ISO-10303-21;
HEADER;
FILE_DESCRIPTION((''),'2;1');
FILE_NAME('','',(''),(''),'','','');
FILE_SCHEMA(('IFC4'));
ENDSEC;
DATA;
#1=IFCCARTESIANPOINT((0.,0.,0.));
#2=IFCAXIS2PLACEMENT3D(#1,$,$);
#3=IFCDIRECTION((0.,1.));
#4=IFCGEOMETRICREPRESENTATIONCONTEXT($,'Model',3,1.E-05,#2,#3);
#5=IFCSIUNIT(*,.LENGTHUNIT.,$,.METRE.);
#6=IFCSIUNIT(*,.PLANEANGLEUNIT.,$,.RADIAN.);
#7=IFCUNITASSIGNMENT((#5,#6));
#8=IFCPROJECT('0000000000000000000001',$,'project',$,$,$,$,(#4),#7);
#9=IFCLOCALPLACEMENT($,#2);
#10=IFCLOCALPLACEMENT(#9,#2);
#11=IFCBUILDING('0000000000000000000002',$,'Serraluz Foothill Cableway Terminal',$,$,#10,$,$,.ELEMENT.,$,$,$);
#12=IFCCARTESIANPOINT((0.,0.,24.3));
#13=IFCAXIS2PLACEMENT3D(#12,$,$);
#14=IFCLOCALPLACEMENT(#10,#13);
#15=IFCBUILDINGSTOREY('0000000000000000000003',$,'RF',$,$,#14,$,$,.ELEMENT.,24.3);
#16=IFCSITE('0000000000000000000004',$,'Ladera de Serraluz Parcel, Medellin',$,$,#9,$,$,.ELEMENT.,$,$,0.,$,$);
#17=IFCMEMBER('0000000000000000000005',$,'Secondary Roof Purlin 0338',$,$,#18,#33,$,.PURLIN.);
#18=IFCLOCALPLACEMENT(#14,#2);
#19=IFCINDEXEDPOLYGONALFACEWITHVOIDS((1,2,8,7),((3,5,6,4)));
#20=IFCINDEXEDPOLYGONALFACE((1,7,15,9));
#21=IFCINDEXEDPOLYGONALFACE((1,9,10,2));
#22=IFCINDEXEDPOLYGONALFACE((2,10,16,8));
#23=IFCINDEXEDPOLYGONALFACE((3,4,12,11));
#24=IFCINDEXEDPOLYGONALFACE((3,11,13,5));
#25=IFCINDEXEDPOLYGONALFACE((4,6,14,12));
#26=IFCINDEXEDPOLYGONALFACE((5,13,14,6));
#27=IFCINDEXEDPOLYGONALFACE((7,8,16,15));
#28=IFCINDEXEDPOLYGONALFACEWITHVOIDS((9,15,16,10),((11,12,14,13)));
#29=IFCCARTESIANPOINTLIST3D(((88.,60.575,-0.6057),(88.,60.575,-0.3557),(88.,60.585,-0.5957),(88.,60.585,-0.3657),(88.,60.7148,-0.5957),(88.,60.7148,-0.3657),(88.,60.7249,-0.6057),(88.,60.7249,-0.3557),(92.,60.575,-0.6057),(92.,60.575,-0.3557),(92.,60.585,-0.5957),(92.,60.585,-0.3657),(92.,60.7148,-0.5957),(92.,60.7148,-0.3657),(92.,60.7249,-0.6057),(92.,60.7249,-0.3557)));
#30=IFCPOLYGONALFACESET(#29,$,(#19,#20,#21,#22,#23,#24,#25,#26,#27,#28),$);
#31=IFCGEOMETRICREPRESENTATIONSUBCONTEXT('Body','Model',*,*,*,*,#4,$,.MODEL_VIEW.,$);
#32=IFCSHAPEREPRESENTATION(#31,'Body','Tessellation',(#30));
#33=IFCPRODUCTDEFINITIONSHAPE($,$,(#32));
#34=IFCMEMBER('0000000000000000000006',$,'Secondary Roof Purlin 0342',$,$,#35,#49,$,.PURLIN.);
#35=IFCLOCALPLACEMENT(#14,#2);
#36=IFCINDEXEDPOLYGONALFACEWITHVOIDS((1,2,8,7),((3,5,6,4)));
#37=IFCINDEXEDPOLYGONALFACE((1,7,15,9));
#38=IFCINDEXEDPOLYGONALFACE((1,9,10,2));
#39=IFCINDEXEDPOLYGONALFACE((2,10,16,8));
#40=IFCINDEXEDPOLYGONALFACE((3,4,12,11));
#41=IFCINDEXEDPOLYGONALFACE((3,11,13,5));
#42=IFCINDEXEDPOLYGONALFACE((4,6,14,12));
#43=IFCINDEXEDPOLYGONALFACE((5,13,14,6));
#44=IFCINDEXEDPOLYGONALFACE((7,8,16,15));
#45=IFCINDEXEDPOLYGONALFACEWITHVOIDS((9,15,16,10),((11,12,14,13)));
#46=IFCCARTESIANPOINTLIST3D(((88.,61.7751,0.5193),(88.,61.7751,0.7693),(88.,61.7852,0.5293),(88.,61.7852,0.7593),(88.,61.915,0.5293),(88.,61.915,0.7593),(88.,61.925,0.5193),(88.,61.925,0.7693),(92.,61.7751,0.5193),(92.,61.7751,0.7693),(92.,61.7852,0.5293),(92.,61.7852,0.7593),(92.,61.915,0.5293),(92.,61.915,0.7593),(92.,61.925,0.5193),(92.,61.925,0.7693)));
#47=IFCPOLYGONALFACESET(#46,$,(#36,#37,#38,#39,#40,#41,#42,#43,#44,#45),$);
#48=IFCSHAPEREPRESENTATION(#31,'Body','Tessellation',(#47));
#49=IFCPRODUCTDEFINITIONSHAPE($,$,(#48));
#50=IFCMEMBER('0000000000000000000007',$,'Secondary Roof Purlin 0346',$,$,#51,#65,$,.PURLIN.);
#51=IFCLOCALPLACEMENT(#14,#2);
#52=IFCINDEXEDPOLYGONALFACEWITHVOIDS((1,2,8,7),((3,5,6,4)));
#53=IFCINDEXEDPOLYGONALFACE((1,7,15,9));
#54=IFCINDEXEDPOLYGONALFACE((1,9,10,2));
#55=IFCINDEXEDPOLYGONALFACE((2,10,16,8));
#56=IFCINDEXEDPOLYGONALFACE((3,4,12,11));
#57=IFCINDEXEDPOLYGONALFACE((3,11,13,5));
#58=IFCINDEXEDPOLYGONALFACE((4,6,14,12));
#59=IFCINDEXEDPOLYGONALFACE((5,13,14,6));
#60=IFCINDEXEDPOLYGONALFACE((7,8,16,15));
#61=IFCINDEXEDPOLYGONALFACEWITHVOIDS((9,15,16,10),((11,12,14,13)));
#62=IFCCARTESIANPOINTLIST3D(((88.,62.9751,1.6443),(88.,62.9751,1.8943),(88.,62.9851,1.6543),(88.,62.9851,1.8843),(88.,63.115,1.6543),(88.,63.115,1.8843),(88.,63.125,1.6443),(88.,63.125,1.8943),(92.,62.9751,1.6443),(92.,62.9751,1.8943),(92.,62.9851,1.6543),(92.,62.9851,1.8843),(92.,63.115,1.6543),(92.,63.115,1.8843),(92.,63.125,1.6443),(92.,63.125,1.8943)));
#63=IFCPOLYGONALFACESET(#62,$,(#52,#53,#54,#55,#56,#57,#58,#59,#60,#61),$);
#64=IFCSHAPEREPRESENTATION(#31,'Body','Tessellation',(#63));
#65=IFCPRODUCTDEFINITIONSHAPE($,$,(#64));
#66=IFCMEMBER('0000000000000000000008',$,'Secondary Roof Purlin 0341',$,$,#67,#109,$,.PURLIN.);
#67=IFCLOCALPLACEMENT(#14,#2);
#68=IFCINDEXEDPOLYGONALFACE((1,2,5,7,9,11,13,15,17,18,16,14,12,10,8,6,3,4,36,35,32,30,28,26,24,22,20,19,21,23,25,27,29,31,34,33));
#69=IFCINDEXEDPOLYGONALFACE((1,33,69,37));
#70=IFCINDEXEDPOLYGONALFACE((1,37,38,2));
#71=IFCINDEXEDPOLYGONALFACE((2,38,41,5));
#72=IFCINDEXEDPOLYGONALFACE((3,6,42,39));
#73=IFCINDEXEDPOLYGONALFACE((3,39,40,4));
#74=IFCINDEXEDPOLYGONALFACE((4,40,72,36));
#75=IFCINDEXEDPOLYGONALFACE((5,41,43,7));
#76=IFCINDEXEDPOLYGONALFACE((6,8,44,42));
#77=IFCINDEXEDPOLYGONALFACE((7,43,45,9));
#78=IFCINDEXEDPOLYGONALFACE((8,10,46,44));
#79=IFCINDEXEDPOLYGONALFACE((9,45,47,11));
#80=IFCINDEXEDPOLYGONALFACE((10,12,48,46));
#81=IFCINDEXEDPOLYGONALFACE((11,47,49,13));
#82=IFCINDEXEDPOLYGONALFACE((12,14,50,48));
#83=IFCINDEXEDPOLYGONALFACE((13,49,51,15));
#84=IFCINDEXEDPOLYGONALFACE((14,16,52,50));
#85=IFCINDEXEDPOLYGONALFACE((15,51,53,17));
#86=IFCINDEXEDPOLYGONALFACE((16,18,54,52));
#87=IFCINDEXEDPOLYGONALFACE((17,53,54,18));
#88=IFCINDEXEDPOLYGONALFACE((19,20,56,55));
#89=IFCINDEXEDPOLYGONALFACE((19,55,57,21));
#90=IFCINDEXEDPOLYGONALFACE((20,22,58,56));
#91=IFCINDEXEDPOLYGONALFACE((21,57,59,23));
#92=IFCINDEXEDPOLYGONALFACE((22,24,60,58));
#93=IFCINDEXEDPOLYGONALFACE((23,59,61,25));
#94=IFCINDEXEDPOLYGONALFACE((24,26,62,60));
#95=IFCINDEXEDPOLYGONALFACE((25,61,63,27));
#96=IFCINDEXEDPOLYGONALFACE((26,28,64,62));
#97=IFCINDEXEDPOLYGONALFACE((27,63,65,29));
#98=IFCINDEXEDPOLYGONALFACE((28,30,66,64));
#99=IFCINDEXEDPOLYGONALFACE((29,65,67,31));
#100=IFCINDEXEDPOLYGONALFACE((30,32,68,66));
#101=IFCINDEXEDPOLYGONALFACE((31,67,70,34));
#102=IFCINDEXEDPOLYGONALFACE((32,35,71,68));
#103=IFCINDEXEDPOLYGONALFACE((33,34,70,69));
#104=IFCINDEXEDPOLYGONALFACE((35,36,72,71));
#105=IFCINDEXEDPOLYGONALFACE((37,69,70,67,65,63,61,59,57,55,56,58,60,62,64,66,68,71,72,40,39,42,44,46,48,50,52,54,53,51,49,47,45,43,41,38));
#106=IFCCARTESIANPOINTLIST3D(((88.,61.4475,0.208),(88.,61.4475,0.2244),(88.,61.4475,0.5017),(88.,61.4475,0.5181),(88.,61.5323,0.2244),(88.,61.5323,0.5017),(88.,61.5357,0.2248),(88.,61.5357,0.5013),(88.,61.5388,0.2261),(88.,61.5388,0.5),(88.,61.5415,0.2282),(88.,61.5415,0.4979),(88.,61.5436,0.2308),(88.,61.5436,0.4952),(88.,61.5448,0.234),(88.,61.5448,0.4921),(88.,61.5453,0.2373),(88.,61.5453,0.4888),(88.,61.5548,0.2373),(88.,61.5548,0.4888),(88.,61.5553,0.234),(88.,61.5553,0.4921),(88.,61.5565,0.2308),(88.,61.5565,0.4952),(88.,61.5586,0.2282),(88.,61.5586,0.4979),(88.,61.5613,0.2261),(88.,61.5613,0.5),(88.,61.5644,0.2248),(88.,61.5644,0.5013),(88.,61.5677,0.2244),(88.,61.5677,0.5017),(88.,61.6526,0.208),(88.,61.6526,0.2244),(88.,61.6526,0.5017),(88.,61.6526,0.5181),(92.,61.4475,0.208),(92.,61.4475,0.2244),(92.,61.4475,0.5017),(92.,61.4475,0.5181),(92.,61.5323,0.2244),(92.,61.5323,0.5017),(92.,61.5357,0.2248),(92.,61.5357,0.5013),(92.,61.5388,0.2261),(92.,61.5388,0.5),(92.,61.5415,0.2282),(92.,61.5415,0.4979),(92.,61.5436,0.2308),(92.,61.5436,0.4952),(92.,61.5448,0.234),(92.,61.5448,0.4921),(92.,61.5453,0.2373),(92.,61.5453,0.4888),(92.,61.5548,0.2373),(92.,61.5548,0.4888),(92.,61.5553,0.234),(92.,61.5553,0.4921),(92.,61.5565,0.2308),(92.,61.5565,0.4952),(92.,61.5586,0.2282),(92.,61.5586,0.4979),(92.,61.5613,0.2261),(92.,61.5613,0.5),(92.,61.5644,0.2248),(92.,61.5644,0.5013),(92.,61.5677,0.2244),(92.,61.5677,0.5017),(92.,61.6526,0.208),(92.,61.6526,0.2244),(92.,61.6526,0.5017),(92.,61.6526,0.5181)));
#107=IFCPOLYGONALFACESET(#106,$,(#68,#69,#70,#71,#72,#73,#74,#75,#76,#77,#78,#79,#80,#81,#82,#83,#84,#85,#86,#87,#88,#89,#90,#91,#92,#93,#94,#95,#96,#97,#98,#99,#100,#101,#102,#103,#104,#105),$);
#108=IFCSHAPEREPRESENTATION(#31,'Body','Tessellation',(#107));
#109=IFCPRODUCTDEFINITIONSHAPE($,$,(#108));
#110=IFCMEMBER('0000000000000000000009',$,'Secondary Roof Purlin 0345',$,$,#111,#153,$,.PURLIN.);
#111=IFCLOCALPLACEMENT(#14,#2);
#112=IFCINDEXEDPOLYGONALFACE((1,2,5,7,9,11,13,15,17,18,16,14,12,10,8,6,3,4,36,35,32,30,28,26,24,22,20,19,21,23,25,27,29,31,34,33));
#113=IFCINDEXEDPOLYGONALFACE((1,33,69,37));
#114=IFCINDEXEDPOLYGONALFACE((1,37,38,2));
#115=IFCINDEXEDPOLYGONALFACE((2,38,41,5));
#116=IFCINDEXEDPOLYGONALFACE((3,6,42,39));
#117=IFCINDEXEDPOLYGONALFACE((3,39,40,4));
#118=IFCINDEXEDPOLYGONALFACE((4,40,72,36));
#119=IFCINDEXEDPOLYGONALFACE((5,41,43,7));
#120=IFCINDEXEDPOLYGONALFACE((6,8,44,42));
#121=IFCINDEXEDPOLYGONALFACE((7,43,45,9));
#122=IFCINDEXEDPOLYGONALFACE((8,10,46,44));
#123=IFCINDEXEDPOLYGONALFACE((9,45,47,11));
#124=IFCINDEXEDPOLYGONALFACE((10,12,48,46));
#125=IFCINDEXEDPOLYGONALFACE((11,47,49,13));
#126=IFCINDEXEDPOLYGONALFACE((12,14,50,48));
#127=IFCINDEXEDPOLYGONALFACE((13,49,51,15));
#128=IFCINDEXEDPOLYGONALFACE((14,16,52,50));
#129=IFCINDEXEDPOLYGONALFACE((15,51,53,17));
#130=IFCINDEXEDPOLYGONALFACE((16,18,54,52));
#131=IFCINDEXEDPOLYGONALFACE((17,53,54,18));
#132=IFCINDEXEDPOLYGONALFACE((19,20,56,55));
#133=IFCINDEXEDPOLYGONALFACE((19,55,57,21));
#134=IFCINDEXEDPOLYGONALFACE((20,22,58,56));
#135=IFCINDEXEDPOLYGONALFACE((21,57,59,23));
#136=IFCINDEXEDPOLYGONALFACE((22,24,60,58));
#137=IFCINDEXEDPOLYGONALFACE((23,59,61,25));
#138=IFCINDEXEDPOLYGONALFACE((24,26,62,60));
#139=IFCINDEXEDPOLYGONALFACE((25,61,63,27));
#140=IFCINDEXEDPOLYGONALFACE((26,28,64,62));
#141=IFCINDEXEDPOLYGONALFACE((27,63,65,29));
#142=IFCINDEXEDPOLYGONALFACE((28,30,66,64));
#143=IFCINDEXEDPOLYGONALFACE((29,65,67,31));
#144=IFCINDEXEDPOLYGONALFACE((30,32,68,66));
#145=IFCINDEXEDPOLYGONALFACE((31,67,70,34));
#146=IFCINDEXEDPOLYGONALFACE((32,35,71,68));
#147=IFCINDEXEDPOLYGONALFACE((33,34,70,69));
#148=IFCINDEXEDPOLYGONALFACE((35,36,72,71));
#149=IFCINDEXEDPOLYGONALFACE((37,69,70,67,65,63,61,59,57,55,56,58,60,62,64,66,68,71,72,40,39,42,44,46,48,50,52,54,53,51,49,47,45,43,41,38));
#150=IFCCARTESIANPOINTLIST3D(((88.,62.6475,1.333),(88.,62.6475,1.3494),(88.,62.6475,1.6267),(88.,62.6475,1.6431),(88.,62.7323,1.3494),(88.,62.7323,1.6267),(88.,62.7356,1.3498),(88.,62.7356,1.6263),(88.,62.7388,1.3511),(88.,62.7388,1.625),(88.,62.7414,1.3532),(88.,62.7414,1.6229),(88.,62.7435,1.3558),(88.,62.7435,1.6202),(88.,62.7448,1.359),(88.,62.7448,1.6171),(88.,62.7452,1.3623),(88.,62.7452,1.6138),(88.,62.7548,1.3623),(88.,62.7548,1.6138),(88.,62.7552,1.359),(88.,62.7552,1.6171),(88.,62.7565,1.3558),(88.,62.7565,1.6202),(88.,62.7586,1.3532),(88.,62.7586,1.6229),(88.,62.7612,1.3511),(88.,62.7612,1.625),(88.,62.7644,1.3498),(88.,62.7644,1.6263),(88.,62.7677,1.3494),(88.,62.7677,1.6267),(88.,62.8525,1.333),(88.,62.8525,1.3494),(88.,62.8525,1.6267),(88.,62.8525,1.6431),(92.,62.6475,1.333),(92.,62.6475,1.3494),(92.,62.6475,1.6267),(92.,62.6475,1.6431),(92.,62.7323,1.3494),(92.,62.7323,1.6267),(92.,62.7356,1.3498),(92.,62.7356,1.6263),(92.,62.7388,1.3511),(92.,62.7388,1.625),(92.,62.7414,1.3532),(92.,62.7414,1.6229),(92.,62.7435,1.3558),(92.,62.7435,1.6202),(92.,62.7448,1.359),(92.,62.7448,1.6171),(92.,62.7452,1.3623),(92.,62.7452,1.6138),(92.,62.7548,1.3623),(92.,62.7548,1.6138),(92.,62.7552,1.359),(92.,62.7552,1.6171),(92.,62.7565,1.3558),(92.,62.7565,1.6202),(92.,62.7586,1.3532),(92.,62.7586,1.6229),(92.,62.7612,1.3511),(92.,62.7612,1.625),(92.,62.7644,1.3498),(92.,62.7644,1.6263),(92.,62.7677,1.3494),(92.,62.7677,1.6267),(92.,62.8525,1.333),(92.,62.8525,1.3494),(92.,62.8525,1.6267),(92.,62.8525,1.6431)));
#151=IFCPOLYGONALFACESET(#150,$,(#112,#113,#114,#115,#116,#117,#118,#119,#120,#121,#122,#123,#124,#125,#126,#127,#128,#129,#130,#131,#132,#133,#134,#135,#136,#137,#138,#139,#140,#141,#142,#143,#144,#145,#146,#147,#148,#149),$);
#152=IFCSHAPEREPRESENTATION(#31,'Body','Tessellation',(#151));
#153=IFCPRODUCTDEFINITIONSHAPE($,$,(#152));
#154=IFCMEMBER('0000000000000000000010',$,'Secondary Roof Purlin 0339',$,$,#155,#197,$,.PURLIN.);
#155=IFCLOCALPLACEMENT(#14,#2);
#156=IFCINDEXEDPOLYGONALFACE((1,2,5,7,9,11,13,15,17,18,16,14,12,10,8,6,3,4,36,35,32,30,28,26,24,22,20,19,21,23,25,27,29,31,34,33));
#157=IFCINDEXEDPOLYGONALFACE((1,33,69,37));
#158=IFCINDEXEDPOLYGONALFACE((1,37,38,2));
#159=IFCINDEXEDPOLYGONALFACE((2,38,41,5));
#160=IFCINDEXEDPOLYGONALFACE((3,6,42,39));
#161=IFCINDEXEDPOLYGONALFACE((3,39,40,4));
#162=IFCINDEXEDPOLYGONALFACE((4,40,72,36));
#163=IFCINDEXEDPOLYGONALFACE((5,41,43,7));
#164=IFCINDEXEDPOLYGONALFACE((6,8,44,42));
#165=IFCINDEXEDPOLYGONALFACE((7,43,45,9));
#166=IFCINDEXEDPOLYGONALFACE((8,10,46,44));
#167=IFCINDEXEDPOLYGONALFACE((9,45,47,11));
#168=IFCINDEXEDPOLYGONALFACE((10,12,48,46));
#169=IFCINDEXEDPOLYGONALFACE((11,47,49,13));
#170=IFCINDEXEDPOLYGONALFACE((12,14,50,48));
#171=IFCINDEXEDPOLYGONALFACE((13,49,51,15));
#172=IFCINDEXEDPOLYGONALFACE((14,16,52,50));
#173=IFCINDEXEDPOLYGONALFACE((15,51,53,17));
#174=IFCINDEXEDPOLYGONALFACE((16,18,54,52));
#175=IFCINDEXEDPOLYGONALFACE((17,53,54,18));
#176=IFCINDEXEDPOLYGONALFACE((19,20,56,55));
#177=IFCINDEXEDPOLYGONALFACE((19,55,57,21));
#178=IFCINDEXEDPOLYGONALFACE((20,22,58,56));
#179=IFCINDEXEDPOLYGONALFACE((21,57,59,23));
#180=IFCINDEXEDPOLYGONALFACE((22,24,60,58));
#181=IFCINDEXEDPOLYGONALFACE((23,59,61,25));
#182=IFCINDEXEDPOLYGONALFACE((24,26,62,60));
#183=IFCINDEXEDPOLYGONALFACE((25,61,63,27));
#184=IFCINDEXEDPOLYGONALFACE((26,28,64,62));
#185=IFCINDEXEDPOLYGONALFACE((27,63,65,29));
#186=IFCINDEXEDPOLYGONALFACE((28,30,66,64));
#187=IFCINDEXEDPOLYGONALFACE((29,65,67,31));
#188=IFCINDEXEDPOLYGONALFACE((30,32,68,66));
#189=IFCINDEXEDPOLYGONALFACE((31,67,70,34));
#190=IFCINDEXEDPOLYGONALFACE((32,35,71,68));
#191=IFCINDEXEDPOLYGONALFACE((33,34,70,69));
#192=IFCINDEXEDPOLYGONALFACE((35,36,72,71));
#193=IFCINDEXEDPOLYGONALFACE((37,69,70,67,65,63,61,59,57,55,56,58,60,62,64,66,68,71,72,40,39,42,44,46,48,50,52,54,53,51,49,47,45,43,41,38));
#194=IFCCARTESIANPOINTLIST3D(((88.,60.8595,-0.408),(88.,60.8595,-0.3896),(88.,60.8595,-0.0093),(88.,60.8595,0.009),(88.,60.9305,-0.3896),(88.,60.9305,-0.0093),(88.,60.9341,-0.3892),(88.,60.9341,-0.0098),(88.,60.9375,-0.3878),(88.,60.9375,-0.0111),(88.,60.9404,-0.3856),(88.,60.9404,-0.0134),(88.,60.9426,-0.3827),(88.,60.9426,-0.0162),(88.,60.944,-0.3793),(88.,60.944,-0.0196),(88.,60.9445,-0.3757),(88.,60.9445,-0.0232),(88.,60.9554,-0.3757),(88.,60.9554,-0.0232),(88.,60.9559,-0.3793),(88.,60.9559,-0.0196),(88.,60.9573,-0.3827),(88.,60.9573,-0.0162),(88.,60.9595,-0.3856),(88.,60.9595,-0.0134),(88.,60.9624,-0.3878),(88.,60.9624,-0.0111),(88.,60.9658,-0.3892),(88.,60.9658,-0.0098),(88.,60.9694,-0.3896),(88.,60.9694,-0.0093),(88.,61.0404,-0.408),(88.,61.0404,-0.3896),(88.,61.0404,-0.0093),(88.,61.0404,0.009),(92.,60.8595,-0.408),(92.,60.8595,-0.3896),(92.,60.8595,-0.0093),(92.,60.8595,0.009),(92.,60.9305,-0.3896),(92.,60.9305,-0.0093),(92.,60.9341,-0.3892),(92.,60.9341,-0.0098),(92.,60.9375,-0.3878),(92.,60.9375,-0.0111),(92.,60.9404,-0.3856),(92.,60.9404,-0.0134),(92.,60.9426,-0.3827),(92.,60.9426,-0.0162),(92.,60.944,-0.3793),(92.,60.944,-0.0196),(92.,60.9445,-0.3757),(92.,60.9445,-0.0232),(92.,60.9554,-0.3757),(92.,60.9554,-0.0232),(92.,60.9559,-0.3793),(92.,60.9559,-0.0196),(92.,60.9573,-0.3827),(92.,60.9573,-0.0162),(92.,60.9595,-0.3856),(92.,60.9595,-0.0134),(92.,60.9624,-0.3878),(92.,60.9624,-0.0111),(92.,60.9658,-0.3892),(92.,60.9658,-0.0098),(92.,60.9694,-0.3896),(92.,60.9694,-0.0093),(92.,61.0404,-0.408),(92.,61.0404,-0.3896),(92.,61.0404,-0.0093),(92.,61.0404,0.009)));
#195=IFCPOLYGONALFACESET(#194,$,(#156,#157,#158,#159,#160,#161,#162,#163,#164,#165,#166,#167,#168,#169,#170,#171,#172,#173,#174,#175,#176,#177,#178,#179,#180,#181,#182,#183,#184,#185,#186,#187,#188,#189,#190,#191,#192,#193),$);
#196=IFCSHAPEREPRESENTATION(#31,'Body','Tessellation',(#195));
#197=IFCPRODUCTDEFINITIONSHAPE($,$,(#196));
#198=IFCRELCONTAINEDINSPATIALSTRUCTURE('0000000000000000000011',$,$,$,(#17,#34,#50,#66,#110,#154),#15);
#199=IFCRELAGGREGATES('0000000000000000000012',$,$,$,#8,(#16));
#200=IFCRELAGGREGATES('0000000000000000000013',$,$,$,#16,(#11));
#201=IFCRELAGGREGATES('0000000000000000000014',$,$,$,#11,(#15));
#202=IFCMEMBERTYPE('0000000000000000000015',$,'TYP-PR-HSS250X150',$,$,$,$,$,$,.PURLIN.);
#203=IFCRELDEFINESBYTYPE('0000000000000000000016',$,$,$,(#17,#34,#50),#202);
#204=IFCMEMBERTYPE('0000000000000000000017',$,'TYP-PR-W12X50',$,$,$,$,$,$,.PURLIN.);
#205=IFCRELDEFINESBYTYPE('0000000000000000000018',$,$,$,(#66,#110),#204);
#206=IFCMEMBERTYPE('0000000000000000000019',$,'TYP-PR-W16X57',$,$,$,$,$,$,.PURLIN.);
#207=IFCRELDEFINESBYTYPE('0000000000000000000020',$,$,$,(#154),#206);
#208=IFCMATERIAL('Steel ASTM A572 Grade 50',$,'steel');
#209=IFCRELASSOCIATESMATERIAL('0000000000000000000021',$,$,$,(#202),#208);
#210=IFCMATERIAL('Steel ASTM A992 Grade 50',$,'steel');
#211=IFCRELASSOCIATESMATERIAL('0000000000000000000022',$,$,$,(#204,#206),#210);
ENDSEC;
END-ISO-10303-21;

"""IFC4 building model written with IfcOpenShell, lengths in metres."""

from ifc_helpers import new_model, si_unit, direction, frame, origin, origin_2d, place, context, subcontext, project, spatial, hollow_rectangle, i_section, extrude, material, material_profile, profile_set, type_object, element, save


model = new_model("IFC4")

# Units and contexts
model_context = context("Model", 3, precision=1e-05, world=origin(), true_north=direction((0.0, 1.0)))
body_context = subcontext(model_context, "Body", "Model", "MODEL_VIEW")
ifc_project = project(units=[si_unit("LENGTHUNIT", "METRE"), si_unit("PLANEANGLEUNIT", "RADIAN")], contexts=[model_context])

# Site, building, storey
site_placement = place(None, origin())
site = spatial("IfcSite", under=ifc_project, at=site_placement, Name="Ladera de Serraluz Parcel, Medellin", CompositionType="ELEMENT", RefElevation=0.0)
building_placement = place(site_placement, origin())
building = spatial("IfcBuilding", under=site, at=building_placement, Name="Serraluz Foothill Cableway Terminal", CompositionType="ELEMENT")
storey_placement = place(building_placement, frame((0.0, 0.0, 24.3)))
storey = spatial("IfcBuildingStorey", under=building, at=storey_placement, Name="RF", CompositionType="ELEMENT", Elevation=24.3)

# Members
ifc_material_1 = material(Name="Steel ASTM A572 Grade 50", Category="steel")
ifc_material_profile_1 = material_profile(ifc_material_1, hollow_rectangle(XDim=0.1499, YDim=0.25, WallThickness=0.01, at=origin_2d()), Name="HSS250X150X10")
ifc_profile_set_1 = profile_set([ifc_material_profile_1], Name="Steel ASTM A572 Grade 50")
member_type_1 = type_object("IfcMemberType", Name="TYP-PR-HSS250X150", PredefinedType="PURLIN", material=ifc_profile_set_1)
for number, where, z_axis, x_axis, name in (
    (1, (88.0, 60.6499, -0.4807), (1.0, 0.0, 0.0), (0.0, 1.0, 0.0), "Secondary Roof Purlin 0338"),
    (2, (88.0, 61.8501, 0.6443), (1.0, 0.0, 0.0), (0.0, 1.0, 0.0), "Secondary Roof Purlin 0342"),
    (3, (88.0, 63.05, 1.7693), (1.0, 0.0, 0.0), (0.0, 1.0, 0.0), "Secondary Roof Purlin 0346"),
):
    element("IfcMember", number, at=place(storey_placement, frame(where, z_axis=z_axis, x_axis=x_axis)), inside=storey, type_object=member_type_1, Name=name, PredefinedType="PURLIN", context=body_context, shape_type="SweptSolid", body=[
        extrude(hollow_rectangle(XDim=0.1499, YDim=0.25, WallThickness=0.01, at=origin_2d()), origin(), (0.0, 0.0, 1.0), 4.0),
    ])
ifc_material_2 = material(Name="Steel ASTM A992 Grade 50", Category="steel")
ifc_material_profile_2 = material_profile(ifc_material_2, i_section(OverallWidth=0.2051, OverallDepth=0.3101, WebThickness=0.0095, FlangeThickness=0.0164, FilletRadius=0.0129, at=origin_2d()), Name="W12X50")
ifc_profile_set_2 = profile_set([ifc_material_profile_2], Name="Steel ASTM A992 Grade 50")
member_type_2 = type_object("IfcMemberType", Name="TYP-PR-W12X50", PredefinedType="PURLIN", material=ifc_profile_set_2)
for number, where, z_axis, x_axis, name in (
    (4, (88.0, 61.55, 0.363), (1.0, 0.0, 0.0), (0.0, 1.0, 0.0), "Secondary Roof Purlin 0341"),
    (5, (88.0, 62.75, 1.488), (1.0, 0.0, 0.0), (0.0, 1.0, 0.0), "Secondary Roof Purlin 0345"),
):
    element("IfcMember", number, at=place(storey_placement, frame(where, z_axis=z_axis, x_axis=x_axis)), inside=storey, type_object=member_type_2, Name=name, PredefinedType="PURLIN", context=body_context, shape_type="SweptSolid", body=[
        extrude(i_section(OverallWidth=0.2051, OverallDepth=0.3101, WebThickness=0.0095, FlangeThickness=0.0164, FilletRadius=0.0129, at=origin_2d()), origin(), (0.0, 0.0, 1.0), 4.0),
    ])
ifc_material_profile_3 = material_profile(ifc_material_2, i_section(OverallWidth=0.1809, OverallDepth=0.417, WebThickness=0.011, FlangeThickness=0.0183, FilletRadius=0.0139, at=origin_2d()), Name="W16X57")
ifc_profile_set_3 = profile_set([ifc_material_profile_3], Name="Steel ASTM A992 Grade 50")
member_type_3 = type_object("IfcMemberType", Name="TYP-PR-W16X57", PredefinedType="PURLIN", material=ifc_profile_set_3)
for number, where, z_axis, x_axis, name in (
    (6, (88.0, 60.95, -0.1995), (1.0, 0.0, 0.0), (0.0, 1.0, 0.0), "Secondary Roof Purlin 0339"),
):
    element("IfcMember", number, at=place(storey_placement, frame(where, z_axis=z_axis, x_axis=x_axis)), inside=storey, type_object=member_type_3, Name=name, PredefinedType="PURLIN", context=body_context, shape_type="SweptSolid", body=[
        extrude(i_section(OverallWidth=0.1809, OverallDepth=0.417, WebThickness=0.011, FlangeThickness=0.0183, FilletRadius=0.0139, at=origin_2d()), origin(), (0.0, 0.0, 1.0), 4.0),
    ])

save(model, "model.ifc")
